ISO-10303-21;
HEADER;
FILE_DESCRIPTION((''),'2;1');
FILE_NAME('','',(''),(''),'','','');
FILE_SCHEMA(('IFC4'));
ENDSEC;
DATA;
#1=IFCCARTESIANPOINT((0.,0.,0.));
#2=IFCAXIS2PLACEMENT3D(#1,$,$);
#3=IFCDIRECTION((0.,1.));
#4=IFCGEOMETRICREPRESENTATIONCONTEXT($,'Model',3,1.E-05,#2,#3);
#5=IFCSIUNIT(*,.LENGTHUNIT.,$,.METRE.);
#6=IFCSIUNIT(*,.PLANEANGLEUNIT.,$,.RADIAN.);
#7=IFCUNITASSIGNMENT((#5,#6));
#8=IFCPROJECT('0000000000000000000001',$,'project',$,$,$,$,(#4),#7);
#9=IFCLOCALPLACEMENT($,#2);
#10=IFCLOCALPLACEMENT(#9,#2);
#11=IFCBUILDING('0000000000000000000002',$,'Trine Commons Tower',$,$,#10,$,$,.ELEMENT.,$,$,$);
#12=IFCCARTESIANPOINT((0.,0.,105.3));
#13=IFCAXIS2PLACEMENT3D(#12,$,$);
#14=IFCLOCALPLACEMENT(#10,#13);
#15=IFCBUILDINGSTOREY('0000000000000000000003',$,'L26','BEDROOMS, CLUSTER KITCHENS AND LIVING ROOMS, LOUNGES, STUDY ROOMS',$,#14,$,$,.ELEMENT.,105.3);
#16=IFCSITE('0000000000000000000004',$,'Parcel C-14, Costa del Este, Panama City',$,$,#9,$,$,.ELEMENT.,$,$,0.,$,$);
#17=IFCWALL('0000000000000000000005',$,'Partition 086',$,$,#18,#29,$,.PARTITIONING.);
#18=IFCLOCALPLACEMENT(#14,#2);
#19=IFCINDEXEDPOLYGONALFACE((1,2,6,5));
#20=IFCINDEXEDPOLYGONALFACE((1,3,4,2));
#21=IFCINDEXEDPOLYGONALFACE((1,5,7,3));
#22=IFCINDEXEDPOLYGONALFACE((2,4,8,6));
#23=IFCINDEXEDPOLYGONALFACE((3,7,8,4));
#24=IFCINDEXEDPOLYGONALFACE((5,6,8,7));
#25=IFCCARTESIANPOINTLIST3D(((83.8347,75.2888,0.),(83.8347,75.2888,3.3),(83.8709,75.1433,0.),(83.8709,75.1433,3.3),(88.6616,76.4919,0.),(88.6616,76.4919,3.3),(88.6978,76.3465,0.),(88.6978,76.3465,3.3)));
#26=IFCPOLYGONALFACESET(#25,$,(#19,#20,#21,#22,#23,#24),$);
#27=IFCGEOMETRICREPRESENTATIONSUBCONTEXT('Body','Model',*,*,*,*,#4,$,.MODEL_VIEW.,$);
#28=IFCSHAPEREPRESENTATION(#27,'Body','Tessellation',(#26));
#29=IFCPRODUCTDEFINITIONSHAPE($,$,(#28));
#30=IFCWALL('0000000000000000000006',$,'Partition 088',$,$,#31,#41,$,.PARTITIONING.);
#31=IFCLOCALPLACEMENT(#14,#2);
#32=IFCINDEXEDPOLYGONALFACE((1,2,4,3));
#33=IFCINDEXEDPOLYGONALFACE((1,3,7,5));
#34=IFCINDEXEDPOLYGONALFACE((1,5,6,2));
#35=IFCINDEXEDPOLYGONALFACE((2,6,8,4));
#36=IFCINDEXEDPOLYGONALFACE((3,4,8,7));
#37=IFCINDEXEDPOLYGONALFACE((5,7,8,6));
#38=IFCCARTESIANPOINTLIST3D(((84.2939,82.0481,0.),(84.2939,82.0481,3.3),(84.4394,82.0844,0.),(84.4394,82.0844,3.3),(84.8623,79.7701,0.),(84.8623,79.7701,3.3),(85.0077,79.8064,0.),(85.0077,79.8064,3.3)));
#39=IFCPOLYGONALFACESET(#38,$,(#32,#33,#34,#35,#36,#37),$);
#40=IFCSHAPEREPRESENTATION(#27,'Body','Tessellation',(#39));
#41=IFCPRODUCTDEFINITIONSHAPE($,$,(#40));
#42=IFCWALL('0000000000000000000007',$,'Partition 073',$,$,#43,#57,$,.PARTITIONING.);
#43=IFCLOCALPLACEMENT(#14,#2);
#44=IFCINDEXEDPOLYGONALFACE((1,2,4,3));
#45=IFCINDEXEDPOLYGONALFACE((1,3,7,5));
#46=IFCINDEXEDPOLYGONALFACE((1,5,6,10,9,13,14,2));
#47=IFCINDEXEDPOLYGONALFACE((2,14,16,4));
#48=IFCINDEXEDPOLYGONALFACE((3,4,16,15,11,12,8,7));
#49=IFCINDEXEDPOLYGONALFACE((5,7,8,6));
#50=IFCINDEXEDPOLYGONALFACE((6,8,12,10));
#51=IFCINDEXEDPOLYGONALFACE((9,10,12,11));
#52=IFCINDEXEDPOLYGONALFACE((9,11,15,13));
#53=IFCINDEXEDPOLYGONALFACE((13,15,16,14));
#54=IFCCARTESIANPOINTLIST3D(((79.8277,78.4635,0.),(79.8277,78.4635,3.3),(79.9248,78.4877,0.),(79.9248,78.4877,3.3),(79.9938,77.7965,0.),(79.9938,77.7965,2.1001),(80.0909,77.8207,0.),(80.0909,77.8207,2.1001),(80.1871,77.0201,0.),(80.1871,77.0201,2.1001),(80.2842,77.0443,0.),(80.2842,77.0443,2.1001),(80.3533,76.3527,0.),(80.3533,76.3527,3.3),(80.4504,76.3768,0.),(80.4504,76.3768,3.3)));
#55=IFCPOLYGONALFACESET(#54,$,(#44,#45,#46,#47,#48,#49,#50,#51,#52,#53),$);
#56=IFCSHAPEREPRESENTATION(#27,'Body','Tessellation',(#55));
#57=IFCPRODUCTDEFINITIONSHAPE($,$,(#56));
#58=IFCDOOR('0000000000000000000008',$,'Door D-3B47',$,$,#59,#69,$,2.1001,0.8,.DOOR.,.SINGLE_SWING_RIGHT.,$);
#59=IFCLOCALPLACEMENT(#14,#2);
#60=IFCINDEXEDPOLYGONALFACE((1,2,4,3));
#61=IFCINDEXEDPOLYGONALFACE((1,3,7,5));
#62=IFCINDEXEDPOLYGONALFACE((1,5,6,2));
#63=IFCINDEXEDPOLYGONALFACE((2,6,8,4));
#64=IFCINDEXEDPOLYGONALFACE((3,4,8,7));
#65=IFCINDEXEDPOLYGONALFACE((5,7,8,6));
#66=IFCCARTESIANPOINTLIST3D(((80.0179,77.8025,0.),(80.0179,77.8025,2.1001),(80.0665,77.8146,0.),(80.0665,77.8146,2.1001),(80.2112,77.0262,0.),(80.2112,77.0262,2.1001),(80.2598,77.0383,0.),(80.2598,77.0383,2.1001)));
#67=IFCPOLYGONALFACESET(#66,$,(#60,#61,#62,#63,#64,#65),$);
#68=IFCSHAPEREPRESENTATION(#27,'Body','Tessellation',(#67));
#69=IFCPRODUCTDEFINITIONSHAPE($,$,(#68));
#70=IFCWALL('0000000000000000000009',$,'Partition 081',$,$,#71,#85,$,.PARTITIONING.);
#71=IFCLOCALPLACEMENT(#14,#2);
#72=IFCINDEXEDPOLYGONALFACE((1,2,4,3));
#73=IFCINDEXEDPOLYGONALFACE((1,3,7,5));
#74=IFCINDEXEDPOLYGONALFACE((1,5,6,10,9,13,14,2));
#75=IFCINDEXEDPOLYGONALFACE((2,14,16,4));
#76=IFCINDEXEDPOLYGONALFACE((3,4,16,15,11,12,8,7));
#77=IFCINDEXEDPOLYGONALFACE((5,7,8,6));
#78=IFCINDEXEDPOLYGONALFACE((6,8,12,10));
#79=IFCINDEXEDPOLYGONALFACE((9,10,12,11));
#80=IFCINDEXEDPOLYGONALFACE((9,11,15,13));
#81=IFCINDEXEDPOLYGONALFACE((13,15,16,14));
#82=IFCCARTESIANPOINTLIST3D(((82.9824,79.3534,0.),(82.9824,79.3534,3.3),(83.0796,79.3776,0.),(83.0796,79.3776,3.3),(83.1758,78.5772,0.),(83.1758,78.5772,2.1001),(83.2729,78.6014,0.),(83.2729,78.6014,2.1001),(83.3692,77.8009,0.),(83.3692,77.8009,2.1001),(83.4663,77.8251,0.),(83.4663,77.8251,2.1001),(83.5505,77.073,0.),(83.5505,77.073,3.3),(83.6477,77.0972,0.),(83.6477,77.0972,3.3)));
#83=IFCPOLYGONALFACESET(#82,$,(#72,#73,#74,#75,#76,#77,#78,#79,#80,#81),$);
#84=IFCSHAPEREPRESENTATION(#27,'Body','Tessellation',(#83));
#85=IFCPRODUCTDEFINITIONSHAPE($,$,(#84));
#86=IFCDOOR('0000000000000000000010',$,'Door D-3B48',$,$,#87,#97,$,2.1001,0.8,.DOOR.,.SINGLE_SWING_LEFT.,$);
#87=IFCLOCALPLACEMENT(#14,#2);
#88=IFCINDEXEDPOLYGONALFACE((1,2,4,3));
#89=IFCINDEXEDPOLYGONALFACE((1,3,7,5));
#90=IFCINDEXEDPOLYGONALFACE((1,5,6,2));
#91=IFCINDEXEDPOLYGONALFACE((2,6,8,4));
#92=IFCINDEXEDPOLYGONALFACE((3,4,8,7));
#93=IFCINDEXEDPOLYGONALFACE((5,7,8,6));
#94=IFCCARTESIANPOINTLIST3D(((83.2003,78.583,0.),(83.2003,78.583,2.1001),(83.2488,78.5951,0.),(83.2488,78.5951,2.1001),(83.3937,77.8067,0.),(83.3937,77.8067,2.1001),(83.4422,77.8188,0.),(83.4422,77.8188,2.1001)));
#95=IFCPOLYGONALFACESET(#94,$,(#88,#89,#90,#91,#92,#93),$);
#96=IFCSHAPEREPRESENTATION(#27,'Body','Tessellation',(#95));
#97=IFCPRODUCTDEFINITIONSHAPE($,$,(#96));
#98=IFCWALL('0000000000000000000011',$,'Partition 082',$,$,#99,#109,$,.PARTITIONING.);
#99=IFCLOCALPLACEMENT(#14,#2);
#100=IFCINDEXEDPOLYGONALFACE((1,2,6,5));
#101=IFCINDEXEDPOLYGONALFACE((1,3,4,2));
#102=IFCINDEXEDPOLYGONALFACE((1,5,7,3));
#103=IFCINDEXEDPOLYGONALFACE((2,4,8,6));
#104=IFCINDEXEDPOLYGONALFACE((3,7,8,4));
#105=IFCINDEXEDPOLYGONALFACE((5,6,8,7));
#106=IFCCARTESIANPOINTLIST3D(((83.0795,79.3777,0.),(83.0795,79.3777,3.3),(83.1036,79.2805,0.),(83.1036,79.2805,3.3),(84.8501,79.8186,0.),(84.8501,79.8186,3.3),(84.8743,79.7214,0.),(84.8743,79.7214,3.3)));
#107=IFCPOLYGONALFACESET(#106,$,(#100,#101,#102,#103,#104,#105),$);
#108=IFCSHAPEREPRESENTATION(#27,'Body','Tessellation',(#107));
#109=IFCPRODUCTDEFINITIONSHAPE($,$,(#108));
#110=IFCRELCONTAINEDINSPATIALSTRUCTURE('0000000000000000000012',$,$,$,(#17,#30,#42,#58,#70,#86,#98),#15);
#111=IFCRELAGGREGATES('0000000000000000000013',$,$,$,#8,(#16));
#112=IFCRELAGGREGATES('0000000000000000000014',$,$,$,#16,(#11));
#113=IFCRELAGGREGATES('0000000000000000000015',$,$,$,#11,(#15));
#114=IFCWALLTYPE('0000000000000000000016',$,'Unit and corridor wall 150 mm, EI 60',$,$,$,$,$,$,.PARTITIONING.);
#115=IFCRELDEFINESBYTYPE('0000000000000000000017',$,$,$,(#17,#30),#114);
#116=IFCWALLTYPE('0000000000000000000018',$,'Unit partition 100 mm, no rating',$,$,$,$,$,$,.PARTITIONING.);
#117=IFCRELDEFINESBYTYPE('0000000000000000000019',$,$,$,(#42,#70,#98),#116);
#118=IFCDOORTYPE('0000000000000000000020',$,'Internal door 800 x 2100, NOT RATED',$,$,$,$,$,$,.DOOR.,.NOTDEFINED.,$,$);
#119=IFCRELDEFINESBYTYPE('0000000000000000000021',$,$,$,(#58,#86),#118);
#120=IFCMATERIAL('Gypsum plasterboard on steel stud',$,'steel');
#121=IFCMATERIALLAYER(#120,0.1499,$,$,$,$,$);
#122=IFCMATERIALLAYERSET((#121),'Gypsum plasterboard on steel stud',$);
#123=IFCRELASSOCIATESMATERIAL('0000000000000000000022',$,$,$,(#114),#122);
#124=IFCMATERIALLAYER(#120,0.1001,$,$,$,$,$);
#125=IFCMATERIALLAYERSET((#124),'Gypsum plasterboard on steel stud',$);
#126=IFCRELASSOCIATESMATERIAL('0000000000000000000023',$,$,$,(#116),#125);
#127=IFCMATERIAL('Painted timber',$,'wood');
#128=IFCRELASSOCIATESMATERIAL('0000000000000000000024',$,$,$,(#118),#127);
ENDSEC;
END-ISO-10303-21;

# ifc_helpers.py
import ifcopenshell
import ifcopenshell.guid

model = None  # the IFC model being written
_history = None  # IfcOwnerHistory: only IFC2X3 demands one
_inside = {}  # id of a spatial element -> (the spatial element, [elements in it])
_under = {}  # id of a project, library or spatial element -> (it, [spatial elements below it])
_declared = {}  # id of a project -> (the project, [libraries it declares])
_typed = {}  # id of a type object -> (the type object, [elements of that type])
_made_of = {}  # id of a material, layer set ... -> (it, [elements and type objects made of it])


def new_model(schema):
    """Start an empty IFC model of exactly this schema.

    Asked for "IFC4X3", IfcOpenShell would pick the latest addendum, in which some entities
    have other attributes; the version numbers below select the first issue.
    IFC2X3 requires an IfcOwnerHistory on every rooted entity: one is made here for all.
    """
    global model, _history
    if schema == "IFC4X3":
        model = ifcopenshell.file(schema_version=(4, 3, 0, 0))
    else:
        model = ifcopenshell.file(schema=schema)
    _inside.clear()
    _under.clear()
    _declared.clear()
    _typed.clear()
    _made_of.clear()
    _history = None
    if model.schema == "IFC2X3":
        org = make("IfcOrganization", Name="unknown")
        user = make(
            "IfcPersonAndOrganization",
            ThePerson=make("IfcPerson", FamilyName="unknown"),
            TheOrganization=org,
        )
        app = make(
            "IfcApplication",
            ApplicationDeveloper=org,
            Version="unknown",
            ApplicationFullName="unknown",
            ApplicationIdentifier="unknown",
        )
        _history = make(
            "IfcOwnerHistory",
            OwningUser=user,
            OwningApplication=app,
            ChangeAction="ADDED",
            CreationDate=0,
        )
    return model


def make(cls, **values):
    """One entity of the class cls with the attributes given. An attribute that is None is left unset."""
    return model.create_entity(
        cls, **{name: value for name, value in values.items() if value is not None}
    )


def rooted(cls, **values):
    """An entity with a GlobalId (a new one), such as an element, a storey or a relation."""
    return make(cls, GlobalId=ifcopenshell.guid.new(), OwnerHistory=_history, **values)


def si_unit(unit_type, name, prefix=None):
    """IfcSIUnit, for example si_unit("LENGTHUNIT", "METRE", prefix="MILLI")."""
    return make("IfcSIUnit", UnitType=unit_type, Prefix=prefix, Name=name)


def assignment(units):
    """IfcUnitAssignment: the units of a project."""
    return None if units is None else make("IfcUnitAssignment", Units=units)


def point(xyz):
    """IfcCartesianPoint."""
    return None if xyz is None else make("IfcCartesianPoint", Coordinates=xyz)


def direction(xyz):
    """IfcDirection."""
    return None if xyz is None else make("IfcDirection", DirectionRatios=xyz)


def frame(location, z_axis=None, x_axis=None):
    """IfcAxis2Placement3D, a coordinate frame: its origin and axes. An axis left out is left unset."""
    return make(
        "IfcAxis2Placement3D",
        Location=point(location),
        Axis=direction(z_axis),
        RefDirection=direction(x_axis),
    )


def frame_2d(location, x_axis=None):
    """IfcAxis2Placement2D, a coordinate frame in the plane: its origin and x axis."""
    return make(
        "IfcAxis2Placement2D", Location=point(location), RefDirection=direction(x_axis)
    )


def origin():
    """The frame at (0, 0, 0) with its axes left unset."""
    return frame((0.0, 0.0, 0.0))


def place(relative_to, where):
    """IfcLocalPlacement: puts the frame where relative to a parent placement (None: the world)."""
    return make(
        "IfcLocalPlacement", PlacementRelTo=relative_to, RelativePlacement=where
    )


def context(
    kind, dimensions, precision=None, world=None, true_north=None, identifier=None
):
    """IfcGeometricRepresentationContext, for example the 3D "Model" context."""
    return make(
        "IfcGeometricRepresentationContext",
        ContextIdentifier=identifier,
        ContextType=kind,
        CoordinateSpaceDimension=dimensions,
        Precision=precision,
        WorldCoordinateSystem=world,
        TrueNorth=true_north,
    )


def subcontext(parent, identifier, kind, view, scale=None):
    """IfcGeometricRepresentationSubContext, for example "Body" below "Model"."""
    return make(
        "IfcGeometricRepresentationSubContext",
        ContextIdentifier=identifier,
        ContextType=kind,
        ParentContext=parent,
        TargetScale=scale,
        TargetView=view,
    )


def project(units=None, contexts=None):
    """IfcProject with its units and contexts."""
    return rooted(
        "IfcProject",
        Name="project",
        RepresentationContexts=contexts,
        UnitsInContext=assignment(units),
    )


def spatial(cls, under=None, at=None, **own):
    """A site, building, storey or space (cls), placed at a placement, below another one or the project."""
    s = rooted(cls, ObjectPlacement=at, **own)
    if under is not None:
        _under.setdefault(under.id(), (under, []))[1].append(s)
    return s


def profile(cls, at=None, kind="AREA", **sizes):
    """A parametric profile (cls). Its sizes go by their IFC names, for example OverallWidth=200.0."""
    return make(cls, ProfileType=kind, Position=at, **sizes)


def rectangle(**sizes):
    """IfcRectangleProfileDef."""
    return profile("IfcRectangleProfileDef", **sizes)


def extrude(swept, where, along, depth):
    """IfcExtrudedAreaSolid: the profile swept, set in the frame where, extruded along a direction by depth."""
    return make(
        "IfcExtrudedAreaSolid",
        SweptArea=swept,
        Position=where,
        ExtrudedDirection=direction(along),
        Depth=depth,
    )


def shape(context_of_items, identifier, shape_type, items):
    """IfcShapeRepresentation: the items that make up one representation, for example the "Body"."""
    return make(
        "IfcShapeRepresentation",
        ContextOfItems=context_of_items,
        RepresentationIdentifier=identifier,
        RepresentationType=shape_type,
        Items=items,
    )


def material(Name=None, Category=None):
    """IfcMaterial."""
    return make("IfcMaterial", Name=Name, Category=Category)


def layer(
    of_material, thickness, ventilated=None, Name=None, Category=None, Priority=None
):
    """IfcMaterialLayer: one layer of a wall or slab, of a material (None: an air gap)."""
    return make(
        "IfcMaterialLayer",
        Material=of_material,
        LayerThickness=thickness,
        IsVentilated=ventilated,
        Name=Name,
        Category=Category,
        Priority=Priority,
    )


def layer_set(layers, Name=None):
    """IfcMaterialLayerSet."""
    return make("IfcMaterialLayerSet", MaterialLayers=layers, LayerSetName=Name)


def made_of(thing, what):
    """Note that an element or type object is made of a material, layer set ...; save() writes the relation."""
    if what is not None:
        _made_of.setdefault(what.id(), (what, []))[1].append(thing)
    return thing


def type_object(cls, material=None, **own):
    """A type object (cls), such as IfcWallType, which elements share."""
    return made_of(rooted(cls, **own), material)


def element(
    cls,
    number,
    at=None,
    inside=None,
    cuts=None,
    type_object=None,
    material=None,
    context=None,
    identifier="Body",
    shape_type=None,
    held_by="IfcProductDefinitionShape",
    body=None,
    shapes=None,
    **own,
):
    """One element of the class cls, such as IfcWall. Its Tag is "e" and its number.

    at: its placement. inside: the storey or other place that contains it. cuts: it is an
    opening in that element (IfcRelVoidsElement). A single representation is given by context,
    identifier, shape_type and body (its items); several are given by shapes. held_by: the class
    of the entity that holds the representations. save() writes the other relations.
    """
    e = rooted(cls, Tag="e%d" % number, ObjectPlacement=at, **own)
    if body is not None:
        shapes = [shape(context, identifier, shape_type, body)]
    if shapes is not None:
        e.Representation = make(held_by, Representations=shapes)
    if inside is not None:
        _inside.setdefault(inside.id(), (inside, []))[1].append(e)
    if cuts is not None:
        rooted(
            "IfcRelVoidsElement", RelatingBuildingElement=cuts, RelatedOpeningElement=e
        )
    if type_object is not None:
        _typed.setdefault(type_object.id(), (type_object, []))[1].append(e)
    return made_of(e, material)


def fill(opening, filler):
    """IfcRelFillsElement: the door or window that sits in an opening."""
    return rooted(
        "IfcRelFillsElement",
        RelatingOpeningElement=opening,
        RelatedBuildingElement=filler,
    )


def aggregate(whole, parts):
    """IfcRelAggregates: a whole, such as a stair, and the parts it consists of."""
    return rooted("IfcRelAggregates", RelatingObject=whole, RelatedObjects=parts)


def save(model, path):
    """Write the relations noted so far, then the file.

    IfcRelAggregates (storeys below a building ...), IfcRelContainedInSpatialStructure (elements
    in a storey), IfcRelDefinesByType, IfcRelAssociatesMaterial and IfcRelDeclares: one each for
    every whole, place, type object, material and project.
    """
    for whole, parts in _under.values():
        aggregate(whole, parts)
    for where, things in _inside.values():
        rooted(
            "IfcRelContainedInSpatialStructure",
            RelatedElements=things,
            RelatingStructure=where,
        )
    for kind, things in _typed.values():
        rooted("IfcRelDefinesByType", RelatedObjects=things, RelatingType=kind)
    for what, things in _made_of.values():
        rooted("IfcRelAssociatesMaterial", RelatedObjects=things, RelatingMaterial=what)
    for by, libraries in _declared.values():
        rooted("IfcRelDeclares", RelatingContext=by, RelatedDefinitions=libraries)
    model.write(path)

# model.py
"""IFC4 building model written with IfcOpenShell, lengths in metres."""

from ifc_helpers import new_model, si_unit, direction, frame, frame_2d, origin, place, context, subcontext, project, spatial, rectangle, extrude, material, layer, layer_set, type_object, element, fill, save


model = new_model("IFC4")

# Units and contexts
model_context = context("Model", 3, precision=1e-05, world=origin(), true_north=direction((0.0, 1.0)))
body_context = subcontext(model_context, "Body", "Model", "MODEL_VIEW")
ifc_project = project(units=[si_unit("LENGTHUNIT", "METRE"), si_unit("PLANEANGLEUNIT", "RADIAN")], contexts=[model_context])

# Site, building, storey
site_placement = place(None, origin())
site = spatial("IfcSite", under=ifc_project, at=site_placement, Name="Parcel C-14, Costa del Este, Panama City", CompositionType="ELEMENT", RefElevation=0.0)
building_placement = place(site_placement, origin())
building = spatial("IfcBuilding", under=site, at=building_placement, Name="Trine Commons Tower", CompositionType="ELEMENT")
storey_placement = place(building_placement, frame((0.0, 0.0, 105.3)))
storey = spatial("IfcBuildingStorey", under=building, at=storey_placement, Name="L26", Description="BEDROOMS, CLUSTER KITCHENS AND LIVING ROOMS, LOUNGES, STUDY ROOMS", CompositionType="ELEMENT", Elevation=105.3)

# Shared definitions
ifc_material_1 = material(Name="Gypsum plasterboard on steel stud", Category="steel")
ifc_layer_1 = layer(ifc_material_1, 0.1499)
ifc_layer_set_1 = layer_set([ifc_layer_1], Name="Gypsum plasterboard on steel stud")
wall_type_1 = type_object("IfcWallType", Name="Unit and corridor wall 150 mm, EI 60", PredefinedType="PARTITIONING", material=ifc_layer_set_1)

# Walls
wall_1_placement = place(storey_placement, frame((83.8528, 75.2161, 0.0), z_axis=(0.0, 0.0, 1.0), x_axis=(0.970313, 0.241854, 0.0)))
element("IfcWall", 1, at=wall_1_placement, inside=storey, type_object=wall_type_1, Name="Partition 086", PredefinedType="PARTITIONING", context=body_context, shape_type="SweptSolid", body=[
    extrude(rectangle(XDim=4.9746, YDim=0.1499, at=frame_2d((2.4873, 0.0))), origin(), (0.0, 0.0, 1.0), 3.3),
])
wall_2_placement = place(storey_placement, frame((84.3667, 82.0662, 0.0), z_axis=(0.0, 0.0, 1.0), x_axis=(0.242071, -0.970259, 0.0)))
element("IfcWall", 2, at=wall_2_placement, inside=storey, type_object=wall_type_1, Name="Partition 088", PredefinedType="PARTITIONING", context=body_context, shape_type="SweptSolid", body=[
    extrude(rectangle(XDim=2.3479, YDim=0.1499, at=frame_2d((1.1738, 0.0))), origin(), (0.0, 0.0, 1.0), 3.3),
])

# Walls, openings, doors
ifc_layer_2 = layer(ifc_material_1, 0.1001)
ifc_layer_set_2 = layer_set([ifc_layer_2], Name="Gypsum plasterboard on steel stud")
wall_type_2 = type_object("IfcWallType", Name="Unit partition 100 mm, no rating", PredefinedType="PARTITIONING", material=ifc_layer_set_2)
wall_3_placement = place(storey_placement, frame((79.8762, 78.4756, 0.0), z_axis=(0.0, 0.0, 1.0), x_axis=(0.241638, -0.970367, 0.0)))
wall_3 = element("IfcWall", 3, at=wall_3_placement, inside=storey, type_object=wall_type_2, Name="Partition 073", PredefinedType="PARTITIONING", context=body_context, shape_type="SweptSolid", body=[
    extrude(rectangle(XDim=2.1753, YDim=0.1001, at=frame_2d((1.0876, 0.0))), origin(), (0.0, 0.0, 1.0), 3.3),
])
opening_1_placement = place(wall_3_placement, frame((0.6875, 0.0, 0.0)))
opening_1 = element("IfcOpeningElement", 4, at=opening_1_placement, cuts=wall_3, PredefinedType="OPENING", context=body_context, shape_type="SweptSolid", body=[
    extrude(rectangle(XDim=0.8, YDim=2.1001, at=frame_2d((0.3999, 1.05))), frame((0.0, 0.0601, 0.0), z_axis=(0.0, -1.0, 0.0), x_axis=(1.0, 0.0, 0.0)), (0.0, 0.0, 1.0), 0.1201),
])
ifc_material_2 = material(Name="Painted timber", Category="wood")
door_type_1 = type_object("IfcDoorType", Name="Internal door 800 x 2100, NOT RATED", OperationType="NOTDEFINED", PredefinedType="DOOR", material=ifc_material_2)
door_1_placement = place(opening_1_placement, origin())
door_1 = element("IfcDoor", 5, at=door_1_placement, inside=storey, type_object=door_type_1, Name="Door D-3B47", OperationType="SINGLE_SWING_RIGHT", OverallHeight=2.1001, OverallWidth=0.8, PredefinedType="DOOR", context=body_context, shape_type="SweptSolid", body=[
    extrude(rectangle(XDim=0.8, YDim=2.1001, at=frame_2d((0.3999, 1.05))), frame((0.0, 0.0249, 0.0), z_axis=(0.0, -1.0, 0.0), x_axis=(1.0, 0.0, 0.0)), (0.0, 0.0, 1.0), 0.05),
])
fill(opening_1, door_1)
wall_4_placement = place(storey_placement, frame((83.031, 79.3655, 0.0), z_axis=(0.0, 0.0, 1.0), x_axis=(0.241729, -0.970344, 0.0)))
wall_4 = element("IfcWall", 6, at=wall_4_placement, inside=storey, type_object=wall_type_2, Name="Partition 081", PredefinedType="PARTITIONING", context=body_context, shape_type="SweptSolid", body=[
    extrude(rectangle(XDim=2.3501, YDim=0.1001, at=frame_2d((1.175, 0.0))), origin(), (0.0, 0.0, 1.0), 3.3),
])
opening_2_placement = place(wall_4_placement, frame((0.8, 0.0, 0.0)))
opening_2 = element("IfcOpeningElement", 7, at=opening_2_placement, cuts=wall_4, PredefinedType="OPENING", context=body_context, shape_type="SweptSolid", body=[
    extrude(rectangle(XDim=0.8, YDim=2.1001, at=frame_2d((0.3999, 1.05))), frame((0.0, 0.0601, 0.0), z_axis=(0.0, -1.0, 0.0), x_axis=(1.0, 0.0, 0.0)), (0.0, 0.0, 1.0), 0.1201),
])
door_2_placement = place(opening_2_placement, frame((0.8, 0.0, 0.0), z_axis=(0.0, 0.0, 1.0), x_axis=(-1.0, 0.0, 0.0)))
door_2 = element("IfcDoor", 8, at=door_2_placement, inside=storey, type_object=door_type_1, Name="Door D-3B48", OperationType="SINGLE_SWING_LEFT", OverallHeight=2.1001, OverallWidth=0.8, PredefinedType="DOOR", context=body_context, shape_type="SweptSolid", body=[
    extrude(rectangle(XDim=0.8, YDim=2.1001, at=frame_2d((0.3999, 1.05))), frame((0.0, 0.0249, 0.0), z_axis=(0.0, -1.0, 0.0), x_axis=(1.0, 0.0, 0.0)), (0.0, 0.0, 1.0), 0.05),
])
fill(opening_2, door_2)

# Wall
wall_5_placement = place(storey_placement, frame((83.0916, 79.3291, 0.0), z_axis=(0.0, 0.0, 1.0), x_axis=(0.97037, 0.241623, 0.0)))
element("IfcWall", 9, at=wall_5_placement, inside=storey, type_object=wall_type_2, Name="Partition 082", PredefinedType="PARTITIONING", context=body_context, shape_type="SweptSolid", body=[
    extrude(rectangle(XDim=1.8247, YDim=0.1001, at=frame_2d((0.9124, 0.0))), origin(), (0.0, 0.0, 1.0), 3.3),
])

save(model, "model.ifc")
